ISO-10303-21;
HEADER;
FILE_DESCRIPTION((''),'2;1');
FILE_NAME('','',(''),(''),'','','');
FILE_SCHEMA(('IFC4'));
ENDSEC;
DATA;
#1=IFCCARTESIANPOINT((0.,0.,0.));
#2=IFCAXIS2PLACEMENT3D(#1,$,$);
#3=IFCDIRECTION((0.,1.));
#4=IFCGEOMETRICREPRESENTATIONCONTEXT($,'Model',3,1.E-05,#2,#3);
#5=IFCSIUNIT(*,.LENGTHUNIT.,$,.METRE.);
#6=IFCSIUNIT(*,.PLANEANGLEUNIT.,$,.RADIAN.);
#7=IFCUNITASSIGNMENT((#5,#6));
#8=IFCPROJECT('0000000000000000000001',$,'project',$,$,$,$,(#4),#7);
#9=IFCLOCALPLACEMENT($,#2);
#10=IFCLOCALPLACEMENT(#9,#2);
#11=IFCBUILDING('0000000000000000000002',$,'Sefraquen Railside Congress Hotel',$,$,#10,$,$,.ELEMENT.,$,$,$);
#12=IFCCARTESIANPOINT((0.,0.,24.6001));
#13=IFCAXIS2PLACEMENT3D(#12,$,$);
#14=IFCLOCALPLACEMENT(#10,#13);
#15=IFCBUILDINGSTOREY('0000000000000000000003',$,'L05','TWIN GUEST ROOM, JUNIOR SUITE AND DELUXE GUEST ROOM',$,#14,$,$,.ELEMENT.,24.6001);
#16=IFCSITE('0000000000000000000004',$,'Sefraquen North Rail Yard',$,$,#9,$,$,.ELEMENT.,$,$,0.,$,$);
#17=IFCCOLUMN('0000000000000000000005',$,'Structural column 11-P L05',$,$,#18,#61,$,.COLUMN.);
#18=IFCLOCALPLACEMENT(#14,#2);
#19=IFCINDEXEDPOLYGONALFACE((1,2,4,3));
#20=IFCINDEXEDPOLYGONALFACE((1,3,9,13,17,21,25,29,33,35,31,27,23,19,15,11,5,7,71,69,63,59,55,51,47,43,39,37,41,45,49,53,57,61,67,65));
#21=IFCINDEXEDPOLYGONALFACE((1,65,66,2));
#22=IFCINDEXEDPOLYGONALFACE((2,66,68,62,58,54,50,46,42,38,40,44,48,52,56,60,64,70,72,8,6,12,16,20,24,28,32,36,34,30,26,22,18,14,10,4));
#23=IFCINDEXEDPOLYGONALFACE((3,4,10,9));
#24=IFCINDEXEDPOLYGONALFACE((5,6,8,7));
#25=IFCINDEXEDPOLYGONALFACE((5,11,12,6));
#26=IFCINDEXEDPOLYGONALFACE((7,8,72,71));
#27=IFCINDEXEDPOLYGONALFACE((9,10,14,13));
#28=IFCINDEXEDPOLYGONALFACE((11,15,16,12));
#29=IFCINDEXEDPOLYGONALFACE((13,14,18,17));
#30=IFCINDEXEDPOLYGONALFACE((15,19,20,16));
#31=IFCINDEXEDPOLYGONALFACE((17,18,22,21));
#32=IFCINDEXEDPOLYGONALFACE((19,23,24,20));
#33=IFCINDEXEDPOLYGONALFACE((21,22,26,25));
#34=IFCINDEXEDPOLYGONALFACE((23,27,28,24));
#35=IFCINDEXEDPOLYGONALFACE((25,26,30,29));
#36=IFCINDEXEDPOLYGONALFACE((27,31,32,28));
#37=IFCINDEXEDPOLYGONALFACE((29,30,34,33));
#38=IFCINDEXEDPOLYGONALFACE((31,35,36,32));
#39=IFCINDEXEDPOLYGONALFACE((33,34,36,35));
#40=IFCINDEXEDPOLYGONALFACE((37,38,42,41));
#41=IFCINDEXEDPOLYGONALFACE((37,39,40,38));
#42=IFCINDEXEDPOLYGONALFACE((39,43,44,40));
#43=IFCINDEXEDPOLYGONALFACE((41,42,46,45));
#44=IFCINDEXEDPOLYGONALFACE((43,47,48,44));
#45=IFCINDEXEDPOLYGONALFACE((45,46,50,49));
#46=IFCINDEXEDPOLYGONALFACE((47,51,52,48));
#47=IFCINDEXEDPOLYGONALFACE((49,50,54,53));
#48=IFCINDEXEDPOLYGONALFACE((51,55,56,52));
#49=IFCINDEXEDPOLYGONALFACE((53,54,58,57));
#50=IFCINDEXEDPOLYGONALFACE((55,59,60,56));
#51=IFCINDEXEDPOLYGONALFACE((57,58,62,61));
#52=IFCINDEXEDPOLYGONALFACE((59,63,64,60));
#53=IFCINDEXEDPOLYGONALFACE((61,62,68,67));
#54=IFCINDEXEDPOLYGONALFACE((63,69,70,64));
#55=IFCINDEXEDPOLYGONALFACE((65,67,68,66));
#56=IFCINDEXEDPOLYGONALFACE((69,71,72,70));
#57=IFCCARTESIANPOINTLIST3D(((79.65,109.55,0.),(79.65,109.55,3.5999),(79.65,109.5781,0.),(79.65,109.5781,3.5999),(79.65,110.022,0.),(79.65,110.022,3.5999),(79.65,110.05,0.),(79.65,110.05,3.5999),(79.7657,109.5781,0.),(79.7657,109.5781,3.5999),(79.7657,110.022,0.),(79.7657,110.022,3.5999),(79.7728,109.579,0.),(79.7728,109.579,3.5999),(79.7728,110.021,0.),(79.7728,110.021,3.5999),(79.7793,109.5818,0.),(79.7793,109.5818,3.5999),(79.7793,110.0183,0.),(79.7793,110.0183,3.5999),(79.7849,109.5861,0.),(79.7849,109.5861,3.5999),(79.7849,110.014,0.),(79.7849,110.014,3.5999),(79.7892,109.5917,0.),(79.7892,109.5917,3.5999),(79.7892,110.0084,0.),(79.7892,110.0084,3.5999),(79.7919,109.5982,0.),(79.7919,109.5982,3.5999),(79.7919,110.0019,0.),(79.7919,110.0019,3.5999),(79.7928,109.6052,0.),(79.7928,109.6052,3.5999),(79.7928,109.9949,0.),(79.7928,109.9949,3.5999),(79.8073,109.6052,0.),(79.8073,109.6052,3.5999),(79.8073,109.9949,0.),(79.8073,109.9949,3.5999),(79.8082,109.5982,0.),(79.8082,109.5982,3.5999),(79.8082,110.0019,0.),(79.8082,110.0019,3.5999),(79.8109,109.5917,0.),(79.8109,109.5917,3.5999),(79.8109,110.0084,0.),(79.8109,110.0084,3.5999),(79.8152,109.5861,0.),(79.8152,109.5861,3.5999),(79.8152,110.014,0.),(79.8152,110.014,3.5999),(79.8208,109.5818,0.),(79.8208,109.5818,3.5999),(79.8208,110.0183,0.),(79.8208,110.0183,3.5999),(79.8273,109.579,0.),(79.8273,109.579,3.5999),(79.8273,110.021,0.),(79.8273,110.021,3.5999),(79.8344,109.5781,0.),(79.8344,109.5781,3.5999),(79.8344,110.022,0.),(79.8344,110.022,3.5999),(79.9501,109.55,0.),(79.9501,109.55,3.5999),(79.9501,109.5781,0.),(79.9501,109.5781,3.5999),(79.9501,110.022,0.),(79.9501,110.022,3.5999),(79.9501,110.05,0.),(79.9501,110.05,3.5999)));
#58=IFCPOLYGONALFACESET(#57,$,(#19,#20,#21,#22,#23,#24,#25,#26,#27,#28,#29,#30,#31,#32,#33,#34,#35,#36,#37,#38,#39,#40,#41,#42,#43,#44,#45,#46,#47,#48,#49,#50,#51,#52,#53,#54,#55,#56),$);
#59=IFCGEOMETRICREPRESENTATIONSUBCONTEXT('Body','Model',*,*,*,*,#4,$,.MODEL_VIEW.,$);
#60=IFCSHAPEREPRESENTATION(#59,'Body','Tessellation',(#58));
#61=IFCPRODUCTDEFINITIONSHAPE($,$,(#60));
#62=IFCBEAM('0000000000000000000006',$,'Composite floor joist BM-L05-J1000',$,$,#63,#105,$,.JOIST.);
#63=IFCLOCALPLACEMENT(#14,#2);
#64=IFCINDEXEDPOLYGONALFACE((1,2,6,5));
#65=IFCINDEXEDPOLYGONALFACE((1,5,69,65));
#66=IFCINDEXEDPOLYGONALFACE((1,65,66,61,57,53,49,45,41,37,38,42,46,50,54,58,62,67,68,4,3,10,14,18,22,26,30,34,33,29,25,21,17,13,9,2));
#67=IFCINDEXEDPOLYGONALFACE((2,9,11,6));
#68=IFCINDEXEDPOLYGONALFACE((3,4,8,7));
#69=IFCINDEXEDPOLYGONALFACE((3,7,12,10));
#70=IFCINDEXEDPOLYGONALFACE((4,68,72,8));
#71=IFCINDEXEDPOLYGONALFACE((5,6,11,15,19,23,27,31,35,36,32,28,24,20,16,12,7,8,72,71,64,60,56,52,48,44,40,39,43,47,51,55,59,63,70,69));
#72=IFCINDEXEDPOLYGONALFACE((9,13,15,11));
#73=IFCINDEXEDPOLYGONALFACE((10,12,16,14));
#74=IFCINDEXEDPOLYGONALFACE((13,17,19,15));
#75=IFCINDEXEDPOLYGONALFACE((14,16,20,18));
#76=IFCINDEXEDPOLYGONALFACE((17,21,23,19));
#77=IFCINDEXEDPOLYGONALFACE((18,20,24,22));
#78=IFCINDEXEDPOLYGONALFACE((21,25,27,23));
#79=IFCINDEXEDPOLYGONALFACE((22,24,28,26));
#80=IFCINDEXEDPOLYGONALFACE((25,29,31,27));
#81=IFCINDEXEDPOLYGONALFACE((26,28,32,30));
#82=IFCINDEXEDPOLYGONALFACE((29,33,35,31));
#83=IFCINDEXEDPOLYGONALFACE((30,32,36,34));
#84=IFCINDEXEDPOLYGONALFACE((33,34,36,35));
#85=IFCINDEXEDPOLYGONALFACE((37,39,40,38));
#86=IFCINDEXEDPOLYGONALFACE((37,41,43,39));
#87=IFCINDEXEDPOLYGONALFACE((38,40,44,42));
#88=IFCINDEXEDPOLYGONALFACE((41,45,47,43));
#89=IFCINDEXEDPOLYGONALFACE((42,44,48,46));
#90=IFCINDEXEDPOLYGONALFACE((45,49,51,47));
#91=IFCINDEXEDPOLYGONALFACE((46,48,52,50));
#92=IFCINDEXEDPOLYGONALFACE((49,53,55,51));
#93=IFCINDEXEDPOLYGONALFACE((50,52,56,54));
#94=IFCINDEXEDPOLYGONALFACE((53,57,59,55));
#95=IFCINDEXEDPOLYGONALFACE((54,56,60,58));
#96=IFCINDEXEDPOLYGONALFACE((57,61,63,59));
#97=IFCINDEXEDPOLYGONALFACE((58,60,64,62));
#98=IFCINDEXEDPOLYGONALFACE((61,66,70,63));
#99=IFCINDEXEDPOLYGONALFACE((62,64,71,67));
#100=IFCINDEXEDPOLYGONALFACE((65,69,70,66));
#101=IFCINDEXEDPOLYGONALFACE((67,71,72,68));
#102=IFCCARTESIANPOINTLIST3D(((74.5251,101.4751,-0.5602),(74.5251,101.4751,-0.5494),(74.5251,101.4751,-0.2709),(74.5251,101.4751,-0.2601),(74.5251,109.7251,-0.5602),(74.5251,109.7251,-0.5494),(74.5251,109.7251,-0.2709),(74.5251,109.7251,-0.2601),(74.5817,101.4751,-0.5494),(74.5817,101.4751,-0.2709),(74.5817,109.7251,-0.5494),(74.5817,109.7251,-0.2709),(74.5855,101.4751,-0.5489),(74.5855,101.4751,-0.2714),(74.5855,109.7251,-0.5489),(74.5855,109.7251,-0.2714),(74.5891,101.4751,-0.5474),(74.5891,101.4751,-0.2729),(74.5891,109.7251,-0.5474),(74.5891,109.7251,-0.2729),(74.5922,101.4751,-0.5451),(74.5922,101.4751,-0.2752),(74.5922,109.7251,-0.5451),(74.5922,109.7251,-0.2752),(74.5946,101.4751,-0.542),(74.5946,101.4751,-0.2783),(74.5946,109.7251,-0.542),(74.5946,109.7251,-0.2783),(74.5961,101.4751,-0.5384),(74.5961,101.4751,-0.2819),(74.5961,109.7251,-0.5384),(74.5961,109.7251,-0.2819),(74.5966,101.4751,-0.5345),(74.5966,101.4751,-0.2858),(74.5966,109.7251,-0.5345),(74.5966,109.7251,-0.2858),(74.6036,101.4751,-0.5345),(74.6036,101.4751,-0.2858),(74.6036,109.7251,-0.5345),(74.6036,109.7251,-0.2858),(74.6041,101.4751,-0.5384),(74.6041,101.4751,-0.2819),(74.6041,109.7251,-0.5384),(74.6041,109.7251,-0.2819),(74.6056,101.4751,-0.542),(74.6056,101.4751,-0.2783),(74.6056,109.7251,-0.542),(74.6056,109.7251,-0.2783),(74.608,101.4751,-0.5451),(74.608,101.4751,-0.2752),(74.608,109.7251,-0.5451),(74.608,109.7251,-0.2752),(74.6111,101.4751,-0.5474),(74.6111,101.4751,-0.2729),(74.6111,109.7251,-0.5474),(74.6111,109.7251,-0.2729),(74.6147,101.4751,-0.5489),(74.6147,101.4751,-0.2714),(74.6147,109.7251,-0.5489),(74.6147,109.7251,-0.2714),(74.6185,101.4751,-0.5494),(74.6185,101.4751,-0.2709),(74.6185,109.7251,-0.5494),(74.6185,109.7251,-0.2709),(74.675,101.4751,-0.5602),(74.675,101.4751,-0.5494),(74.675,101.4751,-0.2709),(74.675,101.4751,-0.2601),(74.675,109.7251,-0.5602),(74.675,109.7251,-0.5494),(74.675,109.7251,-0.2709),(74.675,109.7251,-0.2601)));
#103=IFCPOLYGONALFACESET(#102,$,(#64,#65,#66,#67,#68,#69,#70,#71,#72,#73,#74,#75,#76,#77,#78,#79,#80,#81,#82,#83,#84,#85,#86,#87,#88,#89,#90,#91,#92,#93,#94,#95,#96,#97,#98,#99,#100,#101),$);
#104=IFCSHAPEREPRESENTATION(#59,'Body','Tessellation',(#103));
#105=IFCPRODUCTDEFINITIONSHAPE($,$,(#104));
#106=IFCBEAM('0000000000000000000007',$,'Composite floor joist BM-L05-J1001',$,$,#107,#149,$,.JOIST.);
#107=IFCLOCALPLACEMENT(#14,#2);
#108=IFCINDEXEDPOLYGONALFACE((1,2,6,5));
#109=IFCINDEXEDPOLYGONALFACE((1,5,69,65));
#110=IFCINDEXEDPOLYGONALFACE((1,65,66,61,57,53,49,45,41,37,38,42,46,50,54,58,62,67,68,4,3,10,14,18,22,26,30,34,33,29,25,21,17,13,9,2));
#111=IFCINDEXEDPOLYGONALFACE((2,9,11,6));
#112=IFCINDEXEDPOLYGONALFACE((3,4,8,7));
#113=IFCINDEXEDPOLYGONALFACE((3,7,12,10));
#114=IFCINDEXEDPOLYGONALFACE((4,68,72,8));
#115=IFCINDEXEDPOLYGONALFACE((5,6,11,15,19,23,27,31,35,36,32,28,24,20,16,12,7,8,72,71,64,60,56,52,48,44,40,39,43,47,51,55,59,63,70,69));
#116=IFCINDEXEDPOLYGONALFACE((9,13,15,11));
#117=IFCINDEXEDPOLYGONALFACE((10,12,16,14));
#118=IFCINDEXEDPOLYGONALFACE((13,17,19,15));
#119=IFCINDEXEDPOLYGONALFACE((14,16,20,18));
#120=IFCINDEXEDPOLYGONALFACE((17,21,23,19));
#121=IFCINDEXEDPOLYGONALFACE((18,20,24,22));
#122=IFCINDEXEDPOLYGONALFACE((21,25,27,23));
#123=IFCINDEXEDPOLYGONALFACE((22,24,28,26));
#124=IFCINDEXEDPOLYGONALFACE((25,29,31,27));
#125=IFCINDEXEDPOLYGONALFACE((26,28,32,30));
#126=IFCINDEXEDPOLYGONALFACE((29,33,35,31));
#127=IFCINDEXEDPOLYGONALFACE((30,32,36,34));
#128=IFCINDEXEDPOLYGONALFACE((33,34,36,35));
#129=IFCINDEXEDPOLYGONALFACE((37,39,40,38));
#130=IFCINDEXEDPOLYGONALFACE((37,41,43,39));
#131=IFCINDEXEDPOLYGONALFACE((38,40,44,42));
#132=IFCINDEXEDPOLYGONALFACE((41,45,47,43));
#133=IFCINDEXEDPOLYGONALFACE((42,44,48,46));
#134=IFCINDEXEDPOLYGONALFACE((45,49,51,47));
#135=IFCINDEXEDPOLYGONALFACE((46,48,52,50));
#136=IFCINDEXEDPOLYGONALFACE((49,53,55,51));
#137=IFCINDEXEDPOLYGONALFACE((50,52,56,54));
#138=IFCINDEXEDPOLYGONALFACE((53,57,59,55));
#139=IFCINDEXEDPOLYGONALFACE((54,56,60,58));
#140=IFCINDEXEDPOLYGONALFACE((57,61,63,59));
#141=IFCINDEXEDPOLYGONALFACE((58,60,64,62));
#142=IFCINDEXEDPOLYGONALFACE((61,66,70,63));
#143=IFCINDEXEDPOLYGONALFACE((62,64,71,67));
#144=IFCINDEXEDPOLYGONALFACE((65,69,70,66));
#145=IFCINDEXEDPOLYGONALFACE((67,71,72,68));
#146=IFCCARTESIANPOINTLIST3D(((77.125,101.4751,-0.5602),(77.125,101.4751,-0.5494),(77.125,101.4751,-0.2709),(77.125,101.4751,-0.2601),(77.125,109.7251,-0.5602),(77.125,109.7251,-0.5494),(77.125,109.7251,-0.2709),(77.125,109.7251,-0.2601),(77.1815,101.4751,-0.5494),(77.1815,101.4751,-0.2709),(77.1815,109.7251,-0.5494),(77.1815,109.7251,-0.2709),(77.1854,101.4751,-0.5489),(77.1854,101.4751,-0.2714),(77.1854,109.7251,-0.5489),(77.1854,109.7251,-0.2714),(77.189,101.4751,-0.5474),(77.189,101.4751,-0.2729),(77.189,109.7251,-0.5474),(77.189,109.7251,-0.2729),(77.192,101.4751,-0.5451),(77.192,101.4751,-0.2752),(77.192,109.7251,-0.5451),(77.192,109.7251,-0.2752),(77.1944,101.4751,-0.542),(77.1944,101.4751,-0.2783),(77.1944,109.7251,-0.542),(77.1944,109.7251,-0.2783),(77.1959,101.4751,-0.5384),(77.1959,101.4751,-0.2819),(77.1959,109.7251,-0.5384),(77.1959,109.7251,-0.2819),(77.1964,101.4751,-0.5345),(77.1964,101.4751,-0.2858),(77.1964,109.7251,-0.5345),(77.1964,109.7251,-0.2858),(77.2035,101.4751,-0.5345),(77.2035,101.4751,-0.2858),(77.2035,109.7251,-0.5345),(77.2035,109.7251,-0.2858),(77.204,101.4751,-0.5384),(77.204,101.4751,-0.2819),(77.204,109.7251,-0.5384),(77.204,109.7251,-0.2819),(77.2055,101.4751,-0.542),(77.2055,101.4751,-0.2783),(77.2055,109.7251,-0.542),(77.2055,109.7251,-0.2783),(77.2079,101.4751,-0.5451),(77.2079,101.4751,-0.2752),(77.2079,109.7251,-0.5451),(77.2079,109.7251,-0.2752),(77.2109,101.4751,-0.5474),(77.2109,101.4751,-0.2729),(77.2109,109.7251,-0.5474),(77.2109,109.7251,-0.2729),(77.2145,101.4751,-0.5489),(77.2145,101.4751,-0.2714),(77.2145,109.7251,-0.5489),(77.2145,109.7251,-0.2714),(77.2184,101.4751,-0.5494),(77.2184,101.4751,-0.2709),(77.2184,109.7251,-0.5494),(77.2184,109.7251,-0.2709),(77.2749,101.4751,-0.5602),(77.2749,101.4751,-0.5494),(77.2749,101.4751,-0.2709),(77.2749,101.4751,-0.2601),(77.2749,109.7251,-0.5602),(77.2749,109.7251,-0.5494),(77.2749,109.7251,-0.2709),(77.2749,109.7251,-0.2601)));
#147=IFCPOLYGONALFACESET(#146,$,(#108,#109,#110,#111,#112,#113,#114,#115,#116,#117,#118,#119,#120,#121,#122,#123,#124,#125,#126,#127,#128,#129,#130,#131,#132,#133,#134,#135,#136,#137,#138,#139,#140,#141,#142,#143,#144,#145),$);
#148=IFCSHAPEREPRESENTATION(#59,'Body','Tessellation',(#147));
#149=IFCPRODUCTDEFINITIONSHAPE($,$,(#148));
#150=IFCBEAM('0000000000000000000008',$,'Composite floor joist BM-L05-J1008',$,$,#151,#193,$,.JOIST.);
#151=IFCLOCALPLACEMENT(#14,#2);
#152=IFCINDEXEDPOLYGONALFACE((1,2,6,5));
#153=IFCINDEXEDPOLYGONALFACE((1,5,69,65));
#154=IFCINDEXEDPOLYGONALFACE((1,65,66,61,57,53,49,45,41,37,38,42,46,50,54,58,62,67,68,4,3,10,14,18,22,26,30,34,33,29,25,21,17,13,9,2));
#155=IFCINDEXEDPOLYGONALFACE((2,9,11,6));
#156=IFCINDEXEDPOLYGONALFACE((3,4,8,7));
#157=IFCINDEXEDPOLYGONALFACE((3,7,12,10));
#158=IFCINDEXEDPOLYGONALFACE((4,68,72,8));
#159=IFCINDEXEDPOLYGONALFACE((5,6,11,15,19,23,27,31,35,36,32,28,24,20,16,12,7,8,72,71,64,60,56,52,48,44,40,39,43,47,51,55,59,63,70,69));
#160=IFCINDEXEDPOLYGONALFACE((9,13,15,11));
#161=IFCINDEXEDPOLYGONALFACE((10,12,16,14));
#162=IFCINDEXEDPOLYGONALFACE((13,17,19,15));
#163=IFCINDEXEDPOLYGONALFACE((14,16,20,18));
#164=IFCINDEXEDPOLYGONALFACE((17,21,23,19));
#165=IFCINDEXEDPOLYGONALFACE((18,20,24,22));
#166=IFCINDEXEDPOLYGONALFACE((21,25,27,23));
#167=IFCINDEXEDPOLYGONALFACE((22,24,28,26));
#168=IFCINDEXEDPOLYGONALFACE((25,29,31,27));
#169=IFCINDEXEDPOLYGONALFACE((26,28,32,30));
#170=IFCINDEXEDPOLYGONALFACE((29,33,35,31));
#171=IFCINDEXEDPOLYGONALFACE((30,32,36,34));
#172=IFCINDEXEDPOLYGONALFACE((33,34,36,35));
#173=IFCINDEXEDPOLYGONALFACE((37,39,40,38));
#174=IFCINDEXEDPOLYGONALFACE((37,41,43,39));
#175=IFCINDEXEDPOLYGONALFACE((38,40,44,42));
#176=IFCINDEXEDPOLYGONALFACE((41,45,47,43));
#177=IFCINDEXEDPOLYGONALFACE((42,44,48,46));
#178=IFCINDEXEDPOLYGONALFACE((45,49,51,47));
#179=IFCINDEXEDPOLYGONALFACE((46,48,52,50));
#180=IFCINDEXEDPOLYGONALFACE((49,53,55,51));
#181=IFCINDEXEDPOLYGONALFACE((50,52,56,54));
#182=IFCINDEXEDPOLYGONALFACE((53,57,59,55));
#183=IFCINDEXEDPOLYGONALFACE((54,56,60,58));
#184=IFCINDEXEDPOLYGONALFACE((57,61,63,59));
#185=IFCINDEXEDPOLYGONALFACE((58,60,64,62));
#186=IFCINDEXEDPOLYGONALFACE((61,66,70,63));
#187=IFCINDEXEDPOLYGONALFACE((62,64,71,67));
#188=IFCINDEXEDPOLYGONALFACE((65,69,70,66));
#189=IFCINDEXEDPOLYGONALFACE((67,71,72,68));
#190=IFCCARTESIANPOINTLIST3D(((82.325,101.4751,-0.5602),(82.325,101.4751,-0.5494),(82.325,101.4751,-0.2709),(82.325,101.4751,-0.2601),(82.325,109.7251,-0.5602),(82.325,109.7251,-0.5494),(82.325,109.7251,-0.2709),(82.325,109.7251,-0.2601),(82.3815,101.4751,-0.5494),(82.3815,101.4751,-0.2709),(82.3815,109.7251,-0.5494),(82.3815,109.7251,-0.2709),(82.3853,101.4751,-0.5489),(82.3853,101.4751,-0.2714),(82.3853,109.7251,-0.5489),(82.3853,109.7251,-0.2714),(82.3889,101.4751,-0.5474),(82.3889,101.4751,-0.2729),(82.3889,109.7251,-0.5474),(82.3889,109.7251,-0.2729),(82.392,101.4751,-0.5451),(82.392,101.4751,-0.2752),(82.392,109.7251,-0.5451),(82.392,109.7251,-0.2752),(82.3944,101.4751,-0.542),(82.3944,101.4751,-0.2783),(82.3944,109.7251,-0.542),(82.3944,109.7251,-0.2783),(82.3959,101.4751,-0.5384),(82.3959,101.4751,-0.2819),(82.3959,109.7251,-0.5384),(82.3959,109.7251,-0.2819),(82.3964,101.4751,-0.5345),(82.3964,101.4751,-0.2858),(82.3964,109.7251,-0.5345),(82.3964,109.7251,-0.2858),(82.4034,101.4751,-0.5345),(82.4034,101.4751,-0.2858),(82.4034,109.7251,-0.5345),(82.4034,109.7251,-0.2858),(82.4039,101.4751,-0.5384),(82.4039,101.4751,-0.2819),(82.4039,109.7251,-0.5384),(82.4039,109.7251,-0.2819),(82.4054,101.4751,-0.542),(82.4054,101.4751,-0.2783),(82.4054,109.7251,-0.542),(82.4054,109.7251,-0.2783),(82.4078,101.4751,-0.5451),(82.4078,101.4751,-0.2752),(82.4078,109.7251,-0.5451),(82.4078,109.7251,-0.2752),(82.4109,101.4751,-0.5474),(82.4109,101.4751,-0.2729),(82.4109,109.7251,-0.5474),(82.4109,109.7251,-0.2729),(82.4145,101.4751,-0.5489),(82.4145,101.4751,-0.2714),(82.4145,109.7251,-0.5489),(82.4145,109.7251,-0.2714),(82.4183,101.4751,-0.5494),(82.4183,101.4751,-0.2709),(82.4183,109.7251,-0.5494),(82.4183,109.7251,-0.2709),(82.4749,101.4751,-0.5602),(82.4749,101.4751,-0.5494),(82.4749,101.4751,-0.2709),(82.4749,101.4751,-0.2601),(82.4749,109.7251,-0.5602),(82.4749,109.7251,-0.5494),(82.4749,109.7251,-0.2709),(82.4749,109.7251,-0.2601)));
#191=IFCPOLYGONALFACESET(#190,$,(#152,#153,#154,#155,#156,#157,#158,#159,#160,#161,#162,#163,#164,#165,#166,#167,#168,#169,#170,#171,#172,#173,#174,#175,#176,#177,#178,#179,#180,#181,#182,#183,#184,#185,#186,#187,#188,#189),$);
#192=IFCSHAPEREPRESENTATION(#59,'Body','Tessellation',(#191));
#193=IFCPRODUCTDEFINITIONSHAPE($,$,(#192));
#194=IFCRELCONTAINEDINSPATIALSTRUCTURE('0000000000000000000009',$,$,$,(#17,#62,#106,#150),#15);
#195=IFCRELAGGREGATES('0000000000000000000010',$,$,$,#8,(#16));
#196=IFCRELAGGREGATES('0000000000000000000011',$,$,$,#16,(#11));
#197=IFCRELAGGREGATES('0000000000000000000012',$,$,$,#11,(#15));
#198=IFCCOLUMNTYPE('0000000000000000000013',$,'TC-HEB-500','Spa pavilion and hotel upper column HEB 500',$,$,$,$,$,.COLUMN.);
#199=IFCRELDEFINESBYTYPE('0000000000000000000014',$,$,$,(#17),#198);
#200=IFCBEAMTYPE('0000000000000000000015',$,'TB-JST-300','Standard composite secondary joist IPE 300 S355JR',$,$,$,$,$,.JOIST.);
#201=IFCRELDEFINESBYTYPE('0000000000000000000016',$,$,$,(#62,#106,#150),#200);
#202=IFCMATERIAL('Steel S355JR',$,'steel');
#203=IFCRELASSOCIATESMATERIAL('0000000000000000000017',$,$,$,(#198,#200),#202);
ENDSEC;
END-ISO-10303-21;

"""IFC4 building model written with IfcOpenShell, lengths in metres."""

from ifc_helpers import new_model, si_unit, direction, frame, origin, origin_2d, place, context, subcontext, project, spatial, i_section, extrude, material, material_profile, profile_set, type_object, element, save


model = new_model("IFC4")

# Units and contexts
model_context = context("Model", 3, precision=1e-05, world=origin(), true_north=direction((0.0, 1.0)))
body_context = subcontext(model_context, "Body", "Model", "MODEL_VIEW")
ifc_project = project(units=[si_unit("LENGTHUNIT", "METRE"), si_unit("PLANEANGLEUNIT", "RADIAN")], contexts=[model_context])

# Site, building, storey
site_placement = place(None, origin())
site = spatial("IfcSite", under=ifc_project, at=site_placement, Name="Sefraquen North Rail Yard", CompositionType="ELEMENT", RefElevation=0.0)
building_placement = place(site_placement, origin())
building = spatial("IfcBuilding", under=site, at=building_placement, Name="Sefraquen Railside Congress Hotel", CompositionType="ELEMENT")
storey_placement = place(building_placement, frame((0.0, 0.0, 24.6001)))
storey = spatial("IfcBuildingStorey", under=building, at=storey_placement, Name="L05", Description="TWIN GUEST ROOM, JUNIOR SUITE AND DELUXE GUEST ROOM", CompositionType="ELEMENT", Elevation=24.6001)

# Column
ifc_material_1 = material(Name="Steel S355JR", Category="steel")
ifc_material_profile_1 = material_profile(ifc_material_1, i_section(OverallWidth=0.3, OverallDepth=0.5, WebThickness=0.0144, FlangeThickness=0.0281, FilletRadius=0.0271, at=origin_2d()), Name="HEB 500")
ifc_profile_set_1 = profile_set([ifc_material_profile_1], Name="Steel S355JR")
column_type = type_object("IfcColumnType", Name="TC-HEB-500", Description="Spa pavilion and hotel upper column HEB 500", PredefinedType="COLUMN", material=ifc_profile_set_1)
column_placement = place(storey_placement, frame((79.8, 109.8, 0.0), z_axis=(0.0, 0.0, 1.0), x_axis=(1.0, 0.0, 0.0)))
element("IfcColumn", 1, at=column_placement, inside=storey, type_object=column_type, Name="Structural column 11-P L05", PredefinedType="COLUMN", context=body_context, shape_type="SweptSolid", body=[
    extrude(i_section(OverallWidth=0.3, OverallDepth=0.5, WebThickness=0.0144, FlangeThickness=0.0281, FilletRadius=0.0271, at=origin_2d()), origin(), (0.0, 0.0, 1.0), 3.5999),
])

# Beams
ifc_material_profile_2 = material_profile(ifc_material_1, i_section(OverallWidth=0.1499, OverallDepth=0.3, WebThickness=0.0071, FlangeThickness=0.0107, FilletRadius=0.0149, at=origin_2d()), Name="IPE 300")
ifc_profile_set_2 = profile_set([ifc_material_profile_2], Name="Steel S355JR")
beam_type = type_object("IfcBeamType", Name="TB-JST-300", Description="Standard composite secondary joist IPE 300 S355JR", PredefinedType="JOIST", material=ifc_profile_set_2)
for number, where, z_axis, x_axis, name in (
    (2, (74.6001, 101.4751, -0.4102), (0.0, 1.0, 0.0), (-1.0, 0.0, 0.0), "Composite floor joist BM-L05-J1000"),
    (3, (77.2, 101.4751, -0.4102), (0.0, 1.0, 0.0), (-1.0, 0.0, 0.0), "Composite floor joist BM-L05-J1001"),
    (4, (82.3999, 101.4751, -0.4102), (0.0, 1.0, 0.0), (-1.0, 0.0, 0.0), "Composite floor joist BM-L05-J1008"),
):
    element("IfcBeam", number, at=place(storey_placement, frame(where, z_axis=z_axis, x_axis=x_axis)), inside=storey, type_object=beam_type, Name=name, PredefinedType="JOIST", context=body_context, shape_type="SweptSolid", body=[
        extrude(i_section(OverallWidth=0.1499, OverallDepth=0.3, WebThickness=0.0071, FlangeThickness=0.0107, FilletRadius=0.0149, at=origin_2d()), origin(), (0.0, 0.0, 1.0), 8.25),
    ])

save(model, "model.ifc")
